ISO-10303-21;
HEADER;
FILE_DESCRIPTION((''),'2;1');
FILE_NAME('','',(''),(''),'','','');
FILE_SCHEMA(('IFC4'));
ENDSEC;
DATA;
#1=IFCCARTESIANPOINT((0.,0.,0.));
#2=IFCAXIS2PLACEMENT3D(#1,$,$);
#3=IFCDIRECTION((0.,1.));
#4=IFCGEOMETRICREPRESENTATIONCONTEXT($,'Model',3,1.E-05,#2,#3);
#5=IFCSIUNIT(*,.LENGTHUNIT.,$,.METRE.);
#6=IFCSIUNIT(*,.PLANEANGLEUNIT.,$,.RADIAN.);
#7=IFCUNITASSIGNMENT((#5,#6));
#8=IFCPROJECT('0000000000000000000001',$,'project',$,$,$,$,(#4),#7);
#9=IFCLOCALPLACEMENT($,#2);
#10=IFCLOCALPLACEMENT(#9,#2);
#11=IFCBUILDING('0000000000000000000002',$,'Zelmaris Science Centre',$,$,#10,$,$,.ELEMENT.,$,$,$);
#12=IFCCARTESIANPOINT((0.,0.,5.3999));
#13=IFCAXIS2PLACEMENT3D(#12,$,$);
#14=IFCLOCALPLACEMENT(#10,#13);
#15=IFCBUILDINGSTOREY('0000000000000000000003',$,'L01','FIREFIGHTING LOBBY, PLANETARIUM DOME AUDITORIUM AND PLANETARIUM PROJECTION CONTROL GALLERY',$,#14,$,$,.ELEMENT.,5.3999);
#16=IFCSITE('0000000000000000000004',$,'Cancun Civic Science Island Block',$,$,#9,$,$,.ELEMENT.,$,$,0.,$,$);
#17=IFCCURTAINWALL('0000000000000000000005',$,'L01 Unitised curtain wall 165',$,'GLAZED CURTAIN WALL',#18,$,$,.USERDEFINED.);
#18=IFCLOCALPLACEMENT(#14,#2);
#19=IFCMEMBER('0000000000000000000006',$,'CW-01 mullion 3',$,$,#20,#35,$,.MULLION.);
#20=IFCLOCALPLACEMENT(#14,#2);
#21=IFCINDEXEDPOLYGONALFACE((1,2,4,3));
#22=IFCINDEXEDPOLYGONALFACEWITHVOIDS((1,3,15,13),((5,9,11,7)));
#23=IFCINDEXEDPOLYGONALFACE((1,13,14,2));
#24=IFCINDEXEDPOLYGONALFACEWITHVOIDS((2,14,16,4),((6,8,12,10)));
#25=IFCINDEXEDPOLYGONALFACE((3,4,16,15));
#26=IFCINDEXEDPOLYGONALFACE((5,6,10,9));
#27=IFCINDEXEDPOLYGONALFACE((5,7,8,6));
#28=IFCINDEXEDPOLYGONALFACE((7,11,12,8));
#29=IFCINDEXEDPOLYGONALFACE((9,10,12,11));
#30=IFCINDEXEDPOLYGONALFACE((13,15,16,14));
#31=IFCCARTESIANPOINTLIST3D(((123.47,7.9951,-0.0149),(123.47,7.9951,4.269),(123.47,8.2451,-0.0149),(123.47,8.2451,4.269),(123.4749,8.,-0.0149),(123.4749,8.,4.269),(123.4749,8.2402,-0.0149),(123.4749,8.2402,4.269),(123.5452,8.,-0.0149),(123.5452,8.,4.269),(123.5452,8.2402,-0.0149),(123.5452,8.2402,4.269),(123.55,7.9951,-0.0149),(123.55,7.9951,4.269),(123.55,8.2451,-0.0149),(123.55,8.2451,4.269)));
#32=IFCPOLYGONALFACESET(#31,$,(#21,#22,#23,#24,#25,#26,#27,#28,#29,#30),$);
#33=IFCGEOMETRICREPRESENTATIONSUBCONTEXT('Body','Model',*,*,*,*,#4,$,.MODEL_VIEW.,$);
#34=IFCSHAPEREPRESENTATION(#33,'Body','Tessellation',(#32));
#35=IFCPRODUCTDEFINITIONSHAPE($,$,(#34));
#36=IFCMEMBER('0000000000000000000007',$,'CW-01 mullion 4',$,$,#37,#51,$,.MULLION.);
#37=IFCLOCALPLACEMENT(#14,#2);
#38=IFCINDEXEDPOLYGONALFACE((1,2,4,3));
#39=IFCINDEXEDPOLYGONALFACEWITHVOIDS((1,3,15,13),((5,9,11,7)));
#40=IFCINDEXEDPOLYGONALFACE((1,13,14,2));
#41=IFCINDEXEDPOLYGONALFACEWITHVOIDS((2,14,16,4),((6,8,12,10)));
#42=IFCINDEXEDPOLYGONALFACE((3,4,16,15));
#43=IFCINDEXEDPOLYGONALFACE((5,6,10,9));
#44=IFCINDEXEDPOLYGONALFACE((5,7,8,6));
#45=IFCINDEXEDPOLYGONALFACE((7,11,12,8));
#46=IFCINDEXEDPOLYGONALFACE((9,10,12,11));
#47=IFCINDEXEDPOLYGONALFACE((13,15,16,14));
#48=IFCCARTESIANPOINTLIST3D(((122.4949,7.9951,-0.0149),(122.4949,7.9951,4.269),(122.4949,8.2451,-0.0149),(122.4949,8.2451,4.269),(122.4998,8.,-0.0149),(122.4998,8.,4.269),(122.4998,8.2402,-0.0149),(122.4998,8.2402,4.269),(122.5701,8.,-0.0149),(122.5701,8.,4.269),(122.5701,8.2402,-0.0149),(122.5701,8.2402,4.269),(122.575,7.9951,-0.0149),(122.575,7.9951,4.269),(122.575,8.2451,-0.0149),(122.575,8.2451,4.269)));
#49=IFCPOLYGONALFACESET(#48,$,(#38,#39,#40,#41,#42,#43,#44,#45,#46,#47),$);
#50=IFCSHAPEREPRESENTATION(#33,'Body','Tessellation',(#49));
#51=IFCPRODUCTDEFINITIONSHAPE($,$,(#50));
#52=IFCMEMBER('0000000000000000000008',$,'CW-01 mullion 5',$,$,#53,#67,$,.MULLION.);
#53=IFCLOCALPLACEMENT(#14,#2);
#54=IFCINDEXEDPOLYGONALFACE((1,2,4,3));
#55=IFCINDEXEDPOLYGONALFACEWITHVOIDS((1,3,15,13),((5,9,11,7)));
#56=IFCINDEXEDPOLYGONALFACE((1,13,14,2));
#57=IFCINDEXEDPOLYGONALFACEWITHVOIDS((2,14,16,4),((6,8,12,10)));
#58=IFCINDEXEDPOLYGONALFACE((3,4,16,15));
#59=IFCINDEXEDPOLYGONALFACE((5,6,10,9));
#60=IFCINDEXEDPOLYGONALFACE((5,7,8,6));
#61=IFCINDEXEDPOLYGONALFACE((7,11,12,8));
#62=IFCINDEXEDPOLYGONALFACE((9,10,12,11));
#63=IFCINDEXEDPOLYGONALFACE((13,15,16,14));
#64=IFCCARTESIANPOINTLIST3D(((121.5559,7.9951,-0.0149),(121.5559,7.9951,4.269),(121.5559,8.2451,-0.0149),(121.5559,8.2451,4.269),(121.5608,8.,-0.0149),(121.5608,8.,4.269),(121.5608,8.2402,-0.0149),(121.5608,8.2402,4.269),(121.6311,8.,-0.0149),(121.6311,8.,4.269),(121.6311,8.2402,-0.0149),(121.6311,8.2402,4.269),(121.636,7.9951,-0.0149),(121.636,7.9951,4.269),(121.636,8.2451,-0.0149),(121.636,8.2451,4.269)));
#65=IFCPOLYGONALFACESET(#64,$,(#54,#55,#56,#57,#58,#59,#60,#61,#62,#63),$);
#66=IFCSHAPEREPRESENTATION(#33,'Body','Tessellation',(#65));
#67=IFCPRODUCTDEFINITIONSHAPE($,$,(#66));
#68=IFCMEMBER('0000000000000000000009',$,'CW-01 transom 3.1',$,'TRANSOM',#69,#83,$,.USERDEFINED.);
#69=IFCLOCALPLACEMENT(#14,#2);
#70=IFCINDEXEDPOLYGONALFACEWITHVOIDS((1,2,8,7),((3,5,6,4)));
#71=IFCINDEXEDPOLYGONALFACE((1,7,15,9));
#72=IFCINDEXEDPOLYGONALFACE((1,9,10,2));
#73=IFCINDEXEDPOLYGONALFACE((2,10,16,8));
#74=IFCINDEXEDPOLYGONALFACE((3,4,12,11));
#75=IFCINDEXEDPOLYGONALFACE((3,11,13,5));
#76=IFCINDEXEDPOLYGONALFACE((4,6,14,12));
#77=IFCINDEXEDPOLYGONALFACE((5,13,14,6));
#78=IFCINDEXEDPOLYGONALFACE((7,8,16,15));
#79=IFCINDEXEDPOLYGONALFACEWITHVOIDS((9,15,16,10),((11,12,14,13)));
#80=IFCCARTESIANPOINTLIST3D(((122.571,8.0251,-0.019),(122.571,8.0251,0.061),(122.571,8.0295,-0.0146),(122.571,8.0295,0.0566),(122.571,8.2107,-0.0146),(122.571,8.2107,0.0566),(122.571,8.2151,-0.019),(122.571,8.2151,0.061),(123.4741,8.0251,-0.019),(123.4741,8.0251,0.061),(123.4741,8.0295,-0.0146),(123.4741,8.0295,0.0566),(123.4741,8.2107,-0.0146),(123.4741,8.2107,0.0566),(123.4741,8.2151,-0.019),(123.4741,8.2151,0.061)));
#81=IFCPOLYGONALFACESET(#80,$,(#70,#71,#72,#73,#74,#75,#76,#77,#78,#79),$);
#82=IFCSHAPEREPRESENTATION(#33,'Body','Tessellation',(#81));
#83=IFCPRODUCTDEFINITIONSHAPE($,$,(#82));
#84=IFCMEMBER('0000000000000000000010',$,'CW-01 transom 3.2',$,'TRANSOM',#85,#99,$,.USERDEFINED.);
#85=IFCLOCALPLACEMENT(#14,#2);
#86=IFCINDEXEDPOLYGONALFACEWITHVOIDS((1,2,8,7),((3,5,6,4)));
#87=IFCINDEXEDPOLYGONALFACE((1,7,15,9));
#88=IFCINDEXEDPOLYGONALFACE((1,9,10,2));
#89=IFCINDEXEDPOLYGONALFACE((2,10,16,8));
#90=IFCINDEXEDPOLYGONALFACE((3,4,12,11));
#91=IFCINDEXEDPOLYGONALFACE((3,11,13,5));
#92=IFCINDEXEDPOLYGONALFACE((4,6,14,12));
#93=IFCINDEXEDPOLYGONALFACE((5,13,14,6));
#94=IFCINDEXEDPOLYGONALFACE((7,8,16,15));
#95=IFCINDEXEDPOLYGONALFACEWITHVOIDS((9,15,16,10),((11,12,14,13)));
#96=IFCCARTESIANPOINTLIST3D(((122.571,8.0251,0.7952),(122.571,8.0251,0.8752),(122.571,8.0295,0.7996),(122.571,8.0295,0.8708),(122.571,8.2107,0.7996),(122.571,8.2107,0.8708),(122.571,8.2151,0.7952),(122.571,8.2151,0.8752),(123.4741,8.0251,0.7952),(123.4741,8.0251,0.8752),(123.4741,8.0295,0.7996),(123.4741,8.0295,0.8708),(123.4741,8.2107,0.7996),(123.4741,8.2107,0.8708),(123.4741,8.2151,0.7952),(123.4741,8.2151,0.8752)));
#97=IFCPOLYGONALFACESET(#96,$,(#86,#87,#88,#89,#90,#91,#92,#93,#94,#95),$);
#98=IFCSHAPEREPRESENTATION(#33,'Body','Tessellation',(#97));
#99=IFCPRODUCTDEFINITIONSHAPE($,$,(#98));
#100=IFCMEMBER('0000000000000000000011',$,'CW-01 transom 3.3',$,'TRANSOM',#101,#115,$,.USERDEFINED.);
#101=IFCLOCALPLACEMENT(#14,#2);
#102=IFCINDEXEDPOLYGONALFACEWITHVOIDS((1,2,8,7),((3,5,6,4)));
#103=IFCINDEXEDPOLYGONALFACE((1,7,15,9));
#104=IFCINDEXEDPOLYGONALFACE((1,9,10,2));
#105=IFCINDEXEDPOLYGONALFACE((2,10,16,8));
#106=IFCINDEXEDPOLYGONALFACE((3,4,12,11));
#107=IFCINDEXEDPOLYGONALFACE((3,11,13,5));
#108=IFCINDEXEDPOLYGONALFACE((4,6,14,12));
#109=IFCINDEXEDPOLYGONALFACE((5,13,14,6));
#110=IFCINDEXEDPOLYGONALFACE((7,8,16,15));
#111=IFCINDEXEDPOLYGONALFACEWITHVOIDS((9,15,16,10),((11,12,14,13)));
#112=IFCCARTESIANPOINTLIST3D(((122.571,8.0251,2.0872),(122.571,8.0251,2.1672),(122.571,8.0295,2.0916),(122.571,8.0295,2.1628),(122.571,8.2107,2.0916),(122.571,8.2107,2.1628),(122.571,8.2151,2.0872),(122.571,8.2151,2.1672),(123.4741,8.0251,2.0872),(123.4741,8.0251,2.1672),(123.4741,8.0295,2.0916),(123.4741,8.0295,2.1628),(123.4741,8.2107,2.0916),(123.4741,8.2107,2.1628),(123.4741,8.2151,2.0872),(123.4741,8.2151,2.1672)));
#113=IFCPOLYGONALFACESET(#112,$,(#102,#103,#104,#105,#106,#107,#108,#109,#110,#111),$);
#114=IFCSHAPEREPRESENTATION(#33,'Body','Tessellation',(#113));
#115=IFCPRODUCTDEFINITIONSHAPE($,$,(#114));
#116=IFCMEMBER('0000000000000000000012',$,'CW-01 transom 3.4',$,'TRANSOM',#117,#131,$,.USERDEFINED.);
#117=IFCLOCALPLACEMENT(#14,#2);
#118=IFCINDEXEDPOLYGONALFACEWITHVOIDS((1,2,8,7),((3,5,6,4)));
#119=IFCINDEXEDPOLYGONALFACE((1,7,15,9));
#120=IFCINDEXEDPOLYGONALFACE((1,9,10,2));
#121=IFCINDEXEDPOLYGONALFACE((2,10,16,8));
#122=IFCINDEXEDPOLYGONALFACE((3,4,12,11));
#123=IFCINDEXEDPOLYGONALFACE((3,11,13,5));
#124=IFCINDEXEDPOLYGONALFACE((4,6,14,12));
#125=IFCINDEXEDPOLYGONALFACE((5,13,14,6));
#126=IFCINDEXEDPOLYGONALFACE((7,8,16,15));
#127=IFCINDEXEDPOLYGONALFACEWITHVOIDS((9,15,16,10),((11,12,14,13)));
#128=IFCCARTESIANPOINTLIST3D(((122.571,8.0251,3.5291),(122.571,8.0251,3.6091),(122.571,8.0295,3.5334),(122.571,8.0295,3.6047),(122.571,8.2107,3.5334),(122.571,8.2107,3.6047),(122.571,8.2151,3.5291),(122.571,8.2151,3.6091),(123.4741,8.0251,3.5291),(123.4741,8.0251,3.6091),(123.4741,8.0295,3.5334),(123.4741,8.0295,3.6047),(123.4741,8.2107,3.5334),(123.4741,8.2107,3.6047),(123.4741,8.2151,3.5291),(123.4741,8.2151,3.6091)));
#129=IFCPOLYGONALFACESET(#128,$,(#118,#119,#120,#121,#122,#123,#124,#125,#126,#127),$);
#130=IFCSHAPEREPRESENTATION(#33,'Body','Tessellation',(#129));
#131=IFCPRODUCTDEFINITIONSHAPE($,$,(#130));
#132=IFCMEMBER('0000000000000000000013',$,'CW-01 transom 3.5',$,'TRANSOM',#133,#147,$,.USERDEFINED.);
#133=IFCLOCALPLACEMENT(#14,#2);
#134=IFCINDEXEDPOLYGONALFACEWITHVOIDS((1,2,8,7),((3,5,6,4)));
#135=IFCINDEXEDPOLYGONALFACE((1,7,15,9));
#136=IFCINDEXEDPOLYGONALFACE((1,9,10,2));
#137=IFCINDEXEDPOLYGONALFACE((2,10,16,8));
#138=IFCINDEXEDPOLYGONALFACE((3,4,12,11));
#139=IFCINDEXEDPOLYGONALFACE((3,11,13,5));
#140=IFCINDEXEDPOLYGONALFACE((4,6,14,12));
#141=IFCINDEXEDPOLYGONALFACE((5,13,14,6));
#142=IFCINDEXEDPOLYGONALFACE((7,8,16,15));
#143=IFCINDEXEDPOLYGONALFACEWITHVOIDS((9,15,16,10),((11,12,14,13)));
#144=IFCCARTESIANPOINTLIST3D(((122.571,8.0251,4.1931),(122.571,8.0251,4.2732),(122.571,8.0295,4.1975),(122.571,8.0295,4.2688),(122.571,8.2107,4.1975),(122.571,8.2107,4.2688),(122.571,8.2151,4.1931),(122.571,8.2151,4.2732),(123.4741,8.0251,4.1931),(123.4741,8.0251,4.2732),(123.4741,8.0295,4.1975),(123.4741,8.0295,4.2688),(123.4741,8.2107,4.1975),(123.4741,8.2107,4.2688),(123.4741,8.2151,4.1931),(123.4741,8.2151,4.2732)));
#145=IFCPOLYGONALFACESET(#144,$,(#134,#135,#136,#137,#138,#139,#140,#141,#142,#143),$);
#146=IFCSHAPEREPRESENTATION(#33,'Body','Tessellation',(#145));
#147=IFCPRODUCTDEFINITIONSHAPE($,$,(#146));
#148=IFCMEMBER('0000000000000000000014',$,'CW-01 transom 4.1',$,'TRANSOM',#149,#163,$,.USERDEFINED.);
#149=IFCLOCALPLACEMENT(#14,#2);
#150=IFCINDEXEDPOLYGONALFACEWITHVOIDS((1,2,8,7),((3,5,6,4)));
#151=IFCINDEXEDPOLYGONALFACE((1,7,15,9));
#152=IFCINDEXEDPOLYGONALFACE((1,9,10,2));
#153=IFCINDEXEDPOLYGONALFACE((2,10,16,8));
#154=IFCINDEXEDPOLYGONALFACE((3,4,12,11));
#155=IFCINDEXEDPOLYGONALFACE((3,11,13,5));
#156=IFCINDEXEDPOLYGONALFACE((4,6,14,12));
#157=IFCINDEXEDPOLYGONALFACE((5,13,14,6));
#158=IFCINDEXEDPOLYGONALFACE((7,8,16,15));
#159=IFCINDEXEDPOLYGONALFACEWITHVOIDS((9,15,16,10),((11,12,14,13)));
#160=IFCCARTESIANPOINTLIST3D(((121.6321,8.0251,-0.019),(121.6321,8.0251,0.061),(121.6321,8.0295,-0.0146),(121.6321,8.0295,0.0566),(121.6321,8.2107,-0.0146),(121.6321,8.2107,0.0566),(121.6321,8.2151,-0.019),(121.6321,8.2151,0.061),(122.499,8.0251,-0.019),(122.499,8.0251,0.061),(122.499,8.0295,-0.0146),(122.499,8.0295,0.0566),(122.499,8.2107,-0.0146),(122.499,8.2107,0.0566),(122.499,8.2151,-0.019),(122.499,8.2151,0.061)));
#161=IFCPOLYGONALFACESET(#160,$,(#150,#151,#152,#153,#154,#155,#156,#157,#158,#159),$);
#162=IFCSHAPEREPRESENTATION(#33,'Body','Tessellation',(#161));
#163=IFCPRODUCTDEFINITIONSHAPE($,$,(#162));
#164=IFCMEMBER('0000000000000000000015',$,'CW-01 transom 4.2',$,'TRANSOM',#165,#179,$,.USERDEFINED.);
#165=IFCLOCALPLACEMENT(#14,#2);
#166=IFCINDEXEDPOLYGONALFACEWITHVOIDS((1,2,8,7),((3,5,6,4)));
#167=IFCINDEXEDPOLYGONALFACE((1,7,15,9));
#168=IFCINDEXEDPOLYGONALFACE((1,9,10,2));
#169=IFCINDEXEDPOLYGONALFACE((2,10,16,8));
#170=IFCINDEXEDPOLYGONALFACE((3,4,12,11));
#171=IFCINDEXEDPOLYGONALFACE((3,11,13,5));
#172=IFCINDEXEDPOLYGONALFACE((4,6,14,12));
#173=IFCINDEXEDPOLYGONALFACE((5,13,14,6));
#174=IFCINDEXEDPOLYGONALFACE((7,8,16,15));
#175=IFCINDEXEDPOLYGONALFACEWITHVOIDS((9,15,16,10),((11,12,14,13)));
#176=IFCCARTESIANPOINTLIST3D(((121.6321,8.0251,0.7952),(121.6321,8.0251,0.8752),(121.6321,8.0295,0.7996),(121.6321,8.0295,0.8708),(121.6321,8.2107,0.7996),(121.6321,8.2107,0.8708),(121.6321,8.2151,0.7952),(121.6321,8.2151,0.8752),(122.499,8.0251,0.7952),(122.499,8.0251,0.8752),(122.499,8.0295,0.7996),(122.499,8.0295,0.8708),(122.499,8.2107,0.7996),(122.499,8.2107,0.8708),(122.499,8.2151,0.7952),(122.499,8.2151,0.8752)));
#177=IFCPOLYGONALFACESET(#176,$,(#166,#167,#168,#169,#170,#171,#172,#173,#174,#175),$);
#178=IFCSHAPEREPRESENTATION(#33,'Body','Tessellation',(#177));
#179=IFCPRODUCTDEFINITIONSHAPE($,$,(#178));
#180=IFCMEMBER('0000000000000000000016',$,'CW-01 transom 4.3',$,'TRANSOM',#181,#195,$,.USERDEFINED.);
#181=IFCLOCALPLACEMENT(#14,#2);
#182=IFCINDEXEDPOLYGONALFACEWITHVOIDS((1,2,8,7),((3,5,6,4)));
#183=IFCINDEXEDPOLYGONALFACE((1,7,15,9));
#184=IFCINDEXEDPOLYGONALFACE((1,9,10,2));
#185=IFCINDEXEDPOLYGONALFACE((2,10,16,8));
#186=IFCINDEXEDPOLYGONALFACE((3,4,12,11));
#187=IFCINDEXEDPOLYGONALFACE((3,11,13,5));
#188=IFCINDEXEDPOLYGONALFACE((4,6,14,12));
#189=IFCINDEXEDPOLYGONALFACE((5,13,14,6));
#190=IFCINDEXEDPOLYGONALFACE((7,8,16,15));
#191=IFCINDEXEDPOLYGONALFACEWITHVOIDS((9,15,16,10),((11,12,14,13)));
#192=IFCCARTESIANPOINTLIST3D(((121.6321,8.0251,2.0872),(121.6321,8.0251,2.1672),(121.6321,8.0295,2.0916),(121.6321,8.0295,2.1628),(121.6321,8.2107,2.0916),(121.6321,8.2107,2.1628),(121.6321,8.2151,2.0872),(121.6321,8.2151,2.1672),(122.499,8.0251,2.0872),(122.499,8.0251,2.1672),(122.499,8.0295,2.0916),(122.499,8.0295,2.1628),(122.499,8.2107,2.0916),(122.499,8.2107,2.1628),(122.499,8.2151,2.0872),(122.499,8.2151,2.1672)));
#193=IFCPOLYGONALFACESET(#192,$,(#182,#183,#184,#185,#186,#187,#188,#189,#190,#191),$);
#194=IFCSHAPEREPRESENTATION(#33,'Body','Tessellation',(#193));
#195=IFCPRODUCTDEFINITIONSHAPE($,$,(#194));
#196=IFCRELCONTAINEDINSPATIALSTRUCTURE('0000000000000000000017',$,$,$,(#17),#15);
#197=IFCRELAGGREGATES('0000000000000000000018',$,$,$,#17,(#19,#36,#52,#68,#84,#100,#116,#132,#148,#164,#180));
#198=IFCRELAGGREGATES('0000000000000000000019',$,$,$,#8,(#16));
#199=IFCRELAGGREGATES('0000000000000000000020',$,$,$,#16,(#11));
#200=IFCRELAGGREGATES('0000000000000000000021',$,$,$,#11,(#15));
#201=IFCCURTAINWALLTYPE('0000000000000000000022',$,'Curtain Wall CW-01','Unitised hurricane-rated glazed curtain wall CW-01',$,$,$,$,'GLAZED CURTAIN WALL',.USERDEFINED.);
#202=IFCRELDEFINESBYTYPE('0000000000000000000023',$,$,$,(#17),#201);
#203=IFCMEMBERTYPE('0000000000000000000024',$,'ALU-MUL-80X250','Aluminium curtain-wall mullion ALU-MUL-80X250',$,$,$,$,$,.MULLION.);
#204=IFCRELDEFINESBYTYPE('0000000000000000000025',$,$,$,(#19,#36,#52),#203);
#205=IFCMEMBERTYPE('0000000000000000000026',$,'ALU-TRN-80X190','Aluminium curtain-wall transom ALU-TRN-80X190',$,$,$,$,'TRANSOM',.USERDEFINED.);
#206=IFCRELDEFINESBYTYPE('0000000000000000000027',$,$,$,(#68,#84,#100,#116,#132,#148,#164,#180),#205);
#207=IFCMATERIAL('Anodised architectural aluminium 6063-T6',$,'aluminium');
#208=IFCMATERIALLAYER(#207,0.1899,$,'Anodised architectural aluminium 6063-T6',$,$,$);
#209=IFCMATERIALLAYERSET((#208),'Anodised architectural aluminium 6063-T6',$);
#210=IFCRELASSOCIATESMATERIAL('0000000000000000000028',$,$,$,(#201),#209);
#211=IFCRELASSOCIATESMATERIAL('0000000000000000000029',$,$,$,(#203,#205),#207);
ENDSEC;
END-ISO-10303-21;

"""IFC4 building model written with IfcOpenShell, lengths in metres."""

from ifc_helpers import new_model, si_unit, direction, frame, origin, origin_2d, place, context, subcontext, project, spatial, hollow_rectangle, extrude, material, layer, layer_set, material_profile, profile_set, type_object, element, aggregate, save


model = new_model("IFC4")

# Units and contexts
model_context = context("Model", 3, precision=1e-05, world=origin(), true_north=direction((0.0, 1.0)))
body_context = subcontext(model_context, "Body", "Model", "MODEL_VIEW")
ifc_project = project(units=[si_unit("LENGTHUNIT", "METRE"), si_unit("PLANEANGLEUNIT", "RADIAN")], contexts=[model_context])

# Site, building, storey
site_placement = place(None, origin())
site = spatial("IfcSite", under=ifc_project, at=site_placement, Name="Cancun Civic Science Island Block", CompositionType="ELEMENT", RefElevation=0.0)
building_placement = place(site_placement, origin())
building = spatial("IfcBuilding", under=site, at=building_placement, Name="Zelmaris Science Centre", CompositionType="ELEMENT")
storey_placement = place(building_placement, frame((0.0, 0.0, 5.3999)))
storey = spatial("IfcBuildingStorey", under=building, at=storey_placement, Name="L01", Description="FIREFIGHTING LOBBY, PLANETARIUM DOME AUDITORIUM AND PLANETARIUM PROJECTION CONTROL GALLERY", CompositionType="ELEMENT", Elevation=5.3999)

# Curtain wall, members
ifc_material_1 = material(Name="Anodised architectural aluminium 6063-T6", Category="aluminium")
ifc_layer_1 = layer(ifc_material_1, 0.1899, Name="Anodised architectural aluminium 6063-T6")
ifc_layer_set_1 = layer_set([ifc_layer_1], Name="Anodised architectural aluminium 6063-T6")
curtain_wall_type = type_object("IfcCurtainWallType", Name="Curtain Wall CW-01", Description="Unitised hurricane-rated glazed curtain wall CW-01", ElementType="GLAZED CURTAIN WALL", PredefinedType="USERDEFINED", material=ifc_layer_set_1)
curtain_wall_placement = place(storey_placement, origin())
curtain_wall = element("IfcCurtainWall", 1, at=curtain_wall_placement, inside=storey, type_object=curtain_wall_type, Name="L01 Unitised curtain wall 165", ObjectType="GLAZED CURTAIN WALL", PredefinedType="USERDEFINED")
ifc_material_profile_1 = material_profile(ifc_material_1, hollow_rectangle(XDim=0.0801, YDim=0.25, WallThickness=0.0049, at=origin_2d()), Name="ALU-MUL-80X250")
ifc_profile_set_1 = profile_set([ifc_material_profile_1], Name="Anodised architectural aluminium 6063-T6")
member_type_1 = type_object("IfcMemberType", Name="ALU-MUL-80X250", Description="Aluminium curtain-wall mullion ALU-MUL-80X250", PredefinedType="MULLION", material=ifc_profile_set_1)
member_1_placement = place(storey_placement, frame((123.51, 8.1201, -0.0149), z_axis=(0.0, 0.0, 1.0), x_axis=(-1.0, 0.0, 0.0)))
member_1 = element("IfcMember", 2, at=member_1_placement, type_object=member_type_1, Name="CW-01 mullion 3", PredefinedType="MULLION", context=body_context, shape_type="SweptSolid", body=[
    extrude(hollow_rectangle(XDim=0.0801, YDim=0.25, WallThickness=0.0049, at=origin_2d()), origin(), (0.0, 0.0, 1.0), 4.2839),
])
member_2_placement = place(storey_placement, frame((122.5349, 8.1201, -0.0149), z_axis=(0.0, 0.0, 1.0), x_axis=(-1.0, 0.0, 0.0)))
member_2 = element("IfcMember", 3, at=member_2_placement, type_object=member_type_1, Name="CW-01 mullion 4", PredefinedType="MULLION", context=body_context, shape_type="SweptSolid", body=[
    extrude(hollow_rectangle(XDim=0.0801, YDim=0.25, WallThickness=0.0049, at=origin_2d()), origin(), (0.0, 0.0, 1.0), 4.2839),
])
member_3_placement = place(storey_placement, frame((121.5959, 8.1201, -0.0149), z_axis=(0.0, 0.0, 1.0), x_axis=(-1.0, 0.0, 0.0)))
member_3 = element("IfcMember", 4, at=member_3_placement, type_object=member_type_1, Name="CW-01 mullion 5", PredefinedType="MULLION", context=body_context, shape_type="SweptSolid", body=[
    extrude(hollow_rectangle(XDim=0.0801, YDim=0.25, WallThickness=0.0049, at=origin_2d()), origin(), (0.0, 0.0, 1.0), 4.2839),
])
ifc_material_profile_2 = material_profile(ifc_material_1, hollow_rectangle(XDim=0.0801, YDim=0.1899, WallThickness=0.0044, at=origin_2d()), Name="ALU-TRN-80X190")
ifc_profile_set_2 = profile_set([ifc_material_profile_2], Name="Anodised architectural aluminium 6063-T6")
member_type_2 = type_object("IfcMemberType", Name="ALU-TRN-80X190", Description="Aluminium curtain-wall transom ALU-TRN-80X190", ElementType="TRANSOM", PredefinedType="USERDEFINED", material=ifc_profile_set_2)
member_4_placement = place(storey_placement, frame((123.4741, 8.1201, 0.021), z_axis=(-1.0, 0.0, 0.0), x_axis=(0.0, 0.0, 1.0)))
member_4 = element("IfcMember", 5, at=member_4_placement, type_object=member_type_2, Name="CW-01 transom 3.1", ObjectType="TRANSOM", PredefinedType="USERDEFINED", context=body_context, shape_type="SweptSolid", body=[
    extrude(hollow_rectangle(XDim=0.0801, YDim=0.1899, WallThickness=0.0044, at=origin_2d()), origin(), (0.0, 0.0, 1.0), 0.9031),
])
member_5_placement = place(storey_placement, frame((123.4741, 8.1201, 0.8352), z_axis=(-1.0, 0.0, 0.0), x_axis=(0.0, 0.0, 1.0)))
member_5 = element("IfcMember", 6, at=member_5_placement, type_object=member_type_2, Name="CW-01 transom 3.2", ObjectType="TRANSOM", PredefinedType="USERDEFINED", context=body_context, shape_type="SweptSolid", body=[
    extrude(hollow_rectangle(XDim=0.0801, YDim=0.1899, WallThickness=0.0044, at=origin_2d()), origin(), (0.0, 0.0, 1.0), 0.9031),
])
member_6_placement = place(storey_placement, frame((123.4741, 8.1201, 2.1272), z_axis=(-1.0, 0.0, 0.0), x_axis=(0.0, 0.0, 1.0)))
member_6 = element("IfcMember", 7, at=member_6_placement, type_object=member_type_2, Name="CW-01 transom 3.3", ObjectType="TRANSOM", PredefinedType="USERDEFINED", context=body_context, shape_type="SweptSolid", body=[
    extrude(hollow_rectangle(XDim=0.0801, YDim=0.1899, WallThickness=0.0044, at=origin_2d()), origin(), (0.0, 0.0, 1.0), 0.9031),
])
member_7_placement = place(storey_placement, frame((123.4741, 8.1201, 3.5691), z_axis=(-1.0, 0.0, 0.0), x_axis=(0.0, 0.0, 1.0)))
member_7 = element("IfcMember", 8, at=member_7_placement, type_object=member_type_2, Name="CW-01 transom 3.4", ObjectType="TRANSOM", PredefinedType="USERDEFINED", context=body_context, shape_type="SweptSolid", body=[
    extrude(hollow_rectangle(XDim=0.0801, YDim=0.1899, WallThickness=0.0044, at=origin_2d()), origin(), (0.0, 0.0, 1.0), 0.9031),
])
member_8_placement = place(storey_placement, frame((123.4741, 8.1201, 4.2332), z_axis=(-1.0, 0.0, 0.0), x_axis=(0.0, 0.0, 1.0)))
member_8 = element("IfcMember", 9, at=member_8_placement, type_object=member_type_2, Name="CW-01 transom 3.5", ObjectType="TRANSOM", PredefinedType="USERDEFINED", context=body_context, shape_type="SweptSolid", body=[
    extrude(hollow_rectangle(XDim=0.0801, YDim=0.1899, WallThickness=0.0044, at=origin_2d()), origin(), (0.0, 0.0, 1.0), 0.9031),
])
member_9_placement = place(storey_placement, frame((122.499, 8.1201, 0.021), z_axis=(-1.0, 0.0, 0.0), x_axis=(0.0, 0.0, 1.0)))
member_9 = element("IfcMember", 10, at=member_9_placement, type_object=member_type_2, Name="CW-01 transom 4.1", ObjectType="TRANSOM", PredefinedType="USERDEFINED", context=body_context, shape_type="SweptSolid", body=[
    extrude(hollow_rectangle(XDim=0.0801, YDim=0.1899, WallThickness=0.0044, at=origin_2d()), origin(), (0.0, 0.0, 1.0), 0.8669),
])
member_10_placement = place(storey_placement, frame((122.499, 8.1201, 0.8352), z_axis=(-1.0, 0.0, 0.0), x_axis=(0.0, 0.0, 1.0)))
member_10 = element("IfcMember", 11, at=member_10_placement, type_object=member_type_2, Name="CW-01 transom 4.2", ObjectType="TRANSOM", PredefinedType="USERDEFINED", context=body_context, shape_type="SweptSolid", body=[
    extrude(hollow_rectangle(XDim=0.0801, YDim=0.1899, WallThickness=0.0044, at=origin_2d()), origin(), (0.0, 0.0, 1.0), 0.8669),
])
member_11_placement = place(storey_placement, frame((122.499, 8.1201, 2.1272), z_axis=(-1.0, 0.0, 0.0), x_axis=(0.0, 0.0, 1.0)))
member_11 = element("IfcMember", 12, at=member_11_placement, type_object=member_type_2, Name="CW-01 transom 4.3", ObjectType="TRANSOM", PredefinedType="USERDEFINED", context=body_context, shape_type="SweptSolid", body=[
    extrude(hollow_rectangle(XDim=0.0801, YDim=0.1899, WallThickness=0.0044, at=origin_2d()), origin(), (0.0, 0.0, 1.0), 0.8669),
])

aggregate(curtain_wall, [member_1, member_2, member_3, member_4, member_5, member_6, member_7, member_8, member_9, member_10, member_11])

save(model, "model.ifc")
